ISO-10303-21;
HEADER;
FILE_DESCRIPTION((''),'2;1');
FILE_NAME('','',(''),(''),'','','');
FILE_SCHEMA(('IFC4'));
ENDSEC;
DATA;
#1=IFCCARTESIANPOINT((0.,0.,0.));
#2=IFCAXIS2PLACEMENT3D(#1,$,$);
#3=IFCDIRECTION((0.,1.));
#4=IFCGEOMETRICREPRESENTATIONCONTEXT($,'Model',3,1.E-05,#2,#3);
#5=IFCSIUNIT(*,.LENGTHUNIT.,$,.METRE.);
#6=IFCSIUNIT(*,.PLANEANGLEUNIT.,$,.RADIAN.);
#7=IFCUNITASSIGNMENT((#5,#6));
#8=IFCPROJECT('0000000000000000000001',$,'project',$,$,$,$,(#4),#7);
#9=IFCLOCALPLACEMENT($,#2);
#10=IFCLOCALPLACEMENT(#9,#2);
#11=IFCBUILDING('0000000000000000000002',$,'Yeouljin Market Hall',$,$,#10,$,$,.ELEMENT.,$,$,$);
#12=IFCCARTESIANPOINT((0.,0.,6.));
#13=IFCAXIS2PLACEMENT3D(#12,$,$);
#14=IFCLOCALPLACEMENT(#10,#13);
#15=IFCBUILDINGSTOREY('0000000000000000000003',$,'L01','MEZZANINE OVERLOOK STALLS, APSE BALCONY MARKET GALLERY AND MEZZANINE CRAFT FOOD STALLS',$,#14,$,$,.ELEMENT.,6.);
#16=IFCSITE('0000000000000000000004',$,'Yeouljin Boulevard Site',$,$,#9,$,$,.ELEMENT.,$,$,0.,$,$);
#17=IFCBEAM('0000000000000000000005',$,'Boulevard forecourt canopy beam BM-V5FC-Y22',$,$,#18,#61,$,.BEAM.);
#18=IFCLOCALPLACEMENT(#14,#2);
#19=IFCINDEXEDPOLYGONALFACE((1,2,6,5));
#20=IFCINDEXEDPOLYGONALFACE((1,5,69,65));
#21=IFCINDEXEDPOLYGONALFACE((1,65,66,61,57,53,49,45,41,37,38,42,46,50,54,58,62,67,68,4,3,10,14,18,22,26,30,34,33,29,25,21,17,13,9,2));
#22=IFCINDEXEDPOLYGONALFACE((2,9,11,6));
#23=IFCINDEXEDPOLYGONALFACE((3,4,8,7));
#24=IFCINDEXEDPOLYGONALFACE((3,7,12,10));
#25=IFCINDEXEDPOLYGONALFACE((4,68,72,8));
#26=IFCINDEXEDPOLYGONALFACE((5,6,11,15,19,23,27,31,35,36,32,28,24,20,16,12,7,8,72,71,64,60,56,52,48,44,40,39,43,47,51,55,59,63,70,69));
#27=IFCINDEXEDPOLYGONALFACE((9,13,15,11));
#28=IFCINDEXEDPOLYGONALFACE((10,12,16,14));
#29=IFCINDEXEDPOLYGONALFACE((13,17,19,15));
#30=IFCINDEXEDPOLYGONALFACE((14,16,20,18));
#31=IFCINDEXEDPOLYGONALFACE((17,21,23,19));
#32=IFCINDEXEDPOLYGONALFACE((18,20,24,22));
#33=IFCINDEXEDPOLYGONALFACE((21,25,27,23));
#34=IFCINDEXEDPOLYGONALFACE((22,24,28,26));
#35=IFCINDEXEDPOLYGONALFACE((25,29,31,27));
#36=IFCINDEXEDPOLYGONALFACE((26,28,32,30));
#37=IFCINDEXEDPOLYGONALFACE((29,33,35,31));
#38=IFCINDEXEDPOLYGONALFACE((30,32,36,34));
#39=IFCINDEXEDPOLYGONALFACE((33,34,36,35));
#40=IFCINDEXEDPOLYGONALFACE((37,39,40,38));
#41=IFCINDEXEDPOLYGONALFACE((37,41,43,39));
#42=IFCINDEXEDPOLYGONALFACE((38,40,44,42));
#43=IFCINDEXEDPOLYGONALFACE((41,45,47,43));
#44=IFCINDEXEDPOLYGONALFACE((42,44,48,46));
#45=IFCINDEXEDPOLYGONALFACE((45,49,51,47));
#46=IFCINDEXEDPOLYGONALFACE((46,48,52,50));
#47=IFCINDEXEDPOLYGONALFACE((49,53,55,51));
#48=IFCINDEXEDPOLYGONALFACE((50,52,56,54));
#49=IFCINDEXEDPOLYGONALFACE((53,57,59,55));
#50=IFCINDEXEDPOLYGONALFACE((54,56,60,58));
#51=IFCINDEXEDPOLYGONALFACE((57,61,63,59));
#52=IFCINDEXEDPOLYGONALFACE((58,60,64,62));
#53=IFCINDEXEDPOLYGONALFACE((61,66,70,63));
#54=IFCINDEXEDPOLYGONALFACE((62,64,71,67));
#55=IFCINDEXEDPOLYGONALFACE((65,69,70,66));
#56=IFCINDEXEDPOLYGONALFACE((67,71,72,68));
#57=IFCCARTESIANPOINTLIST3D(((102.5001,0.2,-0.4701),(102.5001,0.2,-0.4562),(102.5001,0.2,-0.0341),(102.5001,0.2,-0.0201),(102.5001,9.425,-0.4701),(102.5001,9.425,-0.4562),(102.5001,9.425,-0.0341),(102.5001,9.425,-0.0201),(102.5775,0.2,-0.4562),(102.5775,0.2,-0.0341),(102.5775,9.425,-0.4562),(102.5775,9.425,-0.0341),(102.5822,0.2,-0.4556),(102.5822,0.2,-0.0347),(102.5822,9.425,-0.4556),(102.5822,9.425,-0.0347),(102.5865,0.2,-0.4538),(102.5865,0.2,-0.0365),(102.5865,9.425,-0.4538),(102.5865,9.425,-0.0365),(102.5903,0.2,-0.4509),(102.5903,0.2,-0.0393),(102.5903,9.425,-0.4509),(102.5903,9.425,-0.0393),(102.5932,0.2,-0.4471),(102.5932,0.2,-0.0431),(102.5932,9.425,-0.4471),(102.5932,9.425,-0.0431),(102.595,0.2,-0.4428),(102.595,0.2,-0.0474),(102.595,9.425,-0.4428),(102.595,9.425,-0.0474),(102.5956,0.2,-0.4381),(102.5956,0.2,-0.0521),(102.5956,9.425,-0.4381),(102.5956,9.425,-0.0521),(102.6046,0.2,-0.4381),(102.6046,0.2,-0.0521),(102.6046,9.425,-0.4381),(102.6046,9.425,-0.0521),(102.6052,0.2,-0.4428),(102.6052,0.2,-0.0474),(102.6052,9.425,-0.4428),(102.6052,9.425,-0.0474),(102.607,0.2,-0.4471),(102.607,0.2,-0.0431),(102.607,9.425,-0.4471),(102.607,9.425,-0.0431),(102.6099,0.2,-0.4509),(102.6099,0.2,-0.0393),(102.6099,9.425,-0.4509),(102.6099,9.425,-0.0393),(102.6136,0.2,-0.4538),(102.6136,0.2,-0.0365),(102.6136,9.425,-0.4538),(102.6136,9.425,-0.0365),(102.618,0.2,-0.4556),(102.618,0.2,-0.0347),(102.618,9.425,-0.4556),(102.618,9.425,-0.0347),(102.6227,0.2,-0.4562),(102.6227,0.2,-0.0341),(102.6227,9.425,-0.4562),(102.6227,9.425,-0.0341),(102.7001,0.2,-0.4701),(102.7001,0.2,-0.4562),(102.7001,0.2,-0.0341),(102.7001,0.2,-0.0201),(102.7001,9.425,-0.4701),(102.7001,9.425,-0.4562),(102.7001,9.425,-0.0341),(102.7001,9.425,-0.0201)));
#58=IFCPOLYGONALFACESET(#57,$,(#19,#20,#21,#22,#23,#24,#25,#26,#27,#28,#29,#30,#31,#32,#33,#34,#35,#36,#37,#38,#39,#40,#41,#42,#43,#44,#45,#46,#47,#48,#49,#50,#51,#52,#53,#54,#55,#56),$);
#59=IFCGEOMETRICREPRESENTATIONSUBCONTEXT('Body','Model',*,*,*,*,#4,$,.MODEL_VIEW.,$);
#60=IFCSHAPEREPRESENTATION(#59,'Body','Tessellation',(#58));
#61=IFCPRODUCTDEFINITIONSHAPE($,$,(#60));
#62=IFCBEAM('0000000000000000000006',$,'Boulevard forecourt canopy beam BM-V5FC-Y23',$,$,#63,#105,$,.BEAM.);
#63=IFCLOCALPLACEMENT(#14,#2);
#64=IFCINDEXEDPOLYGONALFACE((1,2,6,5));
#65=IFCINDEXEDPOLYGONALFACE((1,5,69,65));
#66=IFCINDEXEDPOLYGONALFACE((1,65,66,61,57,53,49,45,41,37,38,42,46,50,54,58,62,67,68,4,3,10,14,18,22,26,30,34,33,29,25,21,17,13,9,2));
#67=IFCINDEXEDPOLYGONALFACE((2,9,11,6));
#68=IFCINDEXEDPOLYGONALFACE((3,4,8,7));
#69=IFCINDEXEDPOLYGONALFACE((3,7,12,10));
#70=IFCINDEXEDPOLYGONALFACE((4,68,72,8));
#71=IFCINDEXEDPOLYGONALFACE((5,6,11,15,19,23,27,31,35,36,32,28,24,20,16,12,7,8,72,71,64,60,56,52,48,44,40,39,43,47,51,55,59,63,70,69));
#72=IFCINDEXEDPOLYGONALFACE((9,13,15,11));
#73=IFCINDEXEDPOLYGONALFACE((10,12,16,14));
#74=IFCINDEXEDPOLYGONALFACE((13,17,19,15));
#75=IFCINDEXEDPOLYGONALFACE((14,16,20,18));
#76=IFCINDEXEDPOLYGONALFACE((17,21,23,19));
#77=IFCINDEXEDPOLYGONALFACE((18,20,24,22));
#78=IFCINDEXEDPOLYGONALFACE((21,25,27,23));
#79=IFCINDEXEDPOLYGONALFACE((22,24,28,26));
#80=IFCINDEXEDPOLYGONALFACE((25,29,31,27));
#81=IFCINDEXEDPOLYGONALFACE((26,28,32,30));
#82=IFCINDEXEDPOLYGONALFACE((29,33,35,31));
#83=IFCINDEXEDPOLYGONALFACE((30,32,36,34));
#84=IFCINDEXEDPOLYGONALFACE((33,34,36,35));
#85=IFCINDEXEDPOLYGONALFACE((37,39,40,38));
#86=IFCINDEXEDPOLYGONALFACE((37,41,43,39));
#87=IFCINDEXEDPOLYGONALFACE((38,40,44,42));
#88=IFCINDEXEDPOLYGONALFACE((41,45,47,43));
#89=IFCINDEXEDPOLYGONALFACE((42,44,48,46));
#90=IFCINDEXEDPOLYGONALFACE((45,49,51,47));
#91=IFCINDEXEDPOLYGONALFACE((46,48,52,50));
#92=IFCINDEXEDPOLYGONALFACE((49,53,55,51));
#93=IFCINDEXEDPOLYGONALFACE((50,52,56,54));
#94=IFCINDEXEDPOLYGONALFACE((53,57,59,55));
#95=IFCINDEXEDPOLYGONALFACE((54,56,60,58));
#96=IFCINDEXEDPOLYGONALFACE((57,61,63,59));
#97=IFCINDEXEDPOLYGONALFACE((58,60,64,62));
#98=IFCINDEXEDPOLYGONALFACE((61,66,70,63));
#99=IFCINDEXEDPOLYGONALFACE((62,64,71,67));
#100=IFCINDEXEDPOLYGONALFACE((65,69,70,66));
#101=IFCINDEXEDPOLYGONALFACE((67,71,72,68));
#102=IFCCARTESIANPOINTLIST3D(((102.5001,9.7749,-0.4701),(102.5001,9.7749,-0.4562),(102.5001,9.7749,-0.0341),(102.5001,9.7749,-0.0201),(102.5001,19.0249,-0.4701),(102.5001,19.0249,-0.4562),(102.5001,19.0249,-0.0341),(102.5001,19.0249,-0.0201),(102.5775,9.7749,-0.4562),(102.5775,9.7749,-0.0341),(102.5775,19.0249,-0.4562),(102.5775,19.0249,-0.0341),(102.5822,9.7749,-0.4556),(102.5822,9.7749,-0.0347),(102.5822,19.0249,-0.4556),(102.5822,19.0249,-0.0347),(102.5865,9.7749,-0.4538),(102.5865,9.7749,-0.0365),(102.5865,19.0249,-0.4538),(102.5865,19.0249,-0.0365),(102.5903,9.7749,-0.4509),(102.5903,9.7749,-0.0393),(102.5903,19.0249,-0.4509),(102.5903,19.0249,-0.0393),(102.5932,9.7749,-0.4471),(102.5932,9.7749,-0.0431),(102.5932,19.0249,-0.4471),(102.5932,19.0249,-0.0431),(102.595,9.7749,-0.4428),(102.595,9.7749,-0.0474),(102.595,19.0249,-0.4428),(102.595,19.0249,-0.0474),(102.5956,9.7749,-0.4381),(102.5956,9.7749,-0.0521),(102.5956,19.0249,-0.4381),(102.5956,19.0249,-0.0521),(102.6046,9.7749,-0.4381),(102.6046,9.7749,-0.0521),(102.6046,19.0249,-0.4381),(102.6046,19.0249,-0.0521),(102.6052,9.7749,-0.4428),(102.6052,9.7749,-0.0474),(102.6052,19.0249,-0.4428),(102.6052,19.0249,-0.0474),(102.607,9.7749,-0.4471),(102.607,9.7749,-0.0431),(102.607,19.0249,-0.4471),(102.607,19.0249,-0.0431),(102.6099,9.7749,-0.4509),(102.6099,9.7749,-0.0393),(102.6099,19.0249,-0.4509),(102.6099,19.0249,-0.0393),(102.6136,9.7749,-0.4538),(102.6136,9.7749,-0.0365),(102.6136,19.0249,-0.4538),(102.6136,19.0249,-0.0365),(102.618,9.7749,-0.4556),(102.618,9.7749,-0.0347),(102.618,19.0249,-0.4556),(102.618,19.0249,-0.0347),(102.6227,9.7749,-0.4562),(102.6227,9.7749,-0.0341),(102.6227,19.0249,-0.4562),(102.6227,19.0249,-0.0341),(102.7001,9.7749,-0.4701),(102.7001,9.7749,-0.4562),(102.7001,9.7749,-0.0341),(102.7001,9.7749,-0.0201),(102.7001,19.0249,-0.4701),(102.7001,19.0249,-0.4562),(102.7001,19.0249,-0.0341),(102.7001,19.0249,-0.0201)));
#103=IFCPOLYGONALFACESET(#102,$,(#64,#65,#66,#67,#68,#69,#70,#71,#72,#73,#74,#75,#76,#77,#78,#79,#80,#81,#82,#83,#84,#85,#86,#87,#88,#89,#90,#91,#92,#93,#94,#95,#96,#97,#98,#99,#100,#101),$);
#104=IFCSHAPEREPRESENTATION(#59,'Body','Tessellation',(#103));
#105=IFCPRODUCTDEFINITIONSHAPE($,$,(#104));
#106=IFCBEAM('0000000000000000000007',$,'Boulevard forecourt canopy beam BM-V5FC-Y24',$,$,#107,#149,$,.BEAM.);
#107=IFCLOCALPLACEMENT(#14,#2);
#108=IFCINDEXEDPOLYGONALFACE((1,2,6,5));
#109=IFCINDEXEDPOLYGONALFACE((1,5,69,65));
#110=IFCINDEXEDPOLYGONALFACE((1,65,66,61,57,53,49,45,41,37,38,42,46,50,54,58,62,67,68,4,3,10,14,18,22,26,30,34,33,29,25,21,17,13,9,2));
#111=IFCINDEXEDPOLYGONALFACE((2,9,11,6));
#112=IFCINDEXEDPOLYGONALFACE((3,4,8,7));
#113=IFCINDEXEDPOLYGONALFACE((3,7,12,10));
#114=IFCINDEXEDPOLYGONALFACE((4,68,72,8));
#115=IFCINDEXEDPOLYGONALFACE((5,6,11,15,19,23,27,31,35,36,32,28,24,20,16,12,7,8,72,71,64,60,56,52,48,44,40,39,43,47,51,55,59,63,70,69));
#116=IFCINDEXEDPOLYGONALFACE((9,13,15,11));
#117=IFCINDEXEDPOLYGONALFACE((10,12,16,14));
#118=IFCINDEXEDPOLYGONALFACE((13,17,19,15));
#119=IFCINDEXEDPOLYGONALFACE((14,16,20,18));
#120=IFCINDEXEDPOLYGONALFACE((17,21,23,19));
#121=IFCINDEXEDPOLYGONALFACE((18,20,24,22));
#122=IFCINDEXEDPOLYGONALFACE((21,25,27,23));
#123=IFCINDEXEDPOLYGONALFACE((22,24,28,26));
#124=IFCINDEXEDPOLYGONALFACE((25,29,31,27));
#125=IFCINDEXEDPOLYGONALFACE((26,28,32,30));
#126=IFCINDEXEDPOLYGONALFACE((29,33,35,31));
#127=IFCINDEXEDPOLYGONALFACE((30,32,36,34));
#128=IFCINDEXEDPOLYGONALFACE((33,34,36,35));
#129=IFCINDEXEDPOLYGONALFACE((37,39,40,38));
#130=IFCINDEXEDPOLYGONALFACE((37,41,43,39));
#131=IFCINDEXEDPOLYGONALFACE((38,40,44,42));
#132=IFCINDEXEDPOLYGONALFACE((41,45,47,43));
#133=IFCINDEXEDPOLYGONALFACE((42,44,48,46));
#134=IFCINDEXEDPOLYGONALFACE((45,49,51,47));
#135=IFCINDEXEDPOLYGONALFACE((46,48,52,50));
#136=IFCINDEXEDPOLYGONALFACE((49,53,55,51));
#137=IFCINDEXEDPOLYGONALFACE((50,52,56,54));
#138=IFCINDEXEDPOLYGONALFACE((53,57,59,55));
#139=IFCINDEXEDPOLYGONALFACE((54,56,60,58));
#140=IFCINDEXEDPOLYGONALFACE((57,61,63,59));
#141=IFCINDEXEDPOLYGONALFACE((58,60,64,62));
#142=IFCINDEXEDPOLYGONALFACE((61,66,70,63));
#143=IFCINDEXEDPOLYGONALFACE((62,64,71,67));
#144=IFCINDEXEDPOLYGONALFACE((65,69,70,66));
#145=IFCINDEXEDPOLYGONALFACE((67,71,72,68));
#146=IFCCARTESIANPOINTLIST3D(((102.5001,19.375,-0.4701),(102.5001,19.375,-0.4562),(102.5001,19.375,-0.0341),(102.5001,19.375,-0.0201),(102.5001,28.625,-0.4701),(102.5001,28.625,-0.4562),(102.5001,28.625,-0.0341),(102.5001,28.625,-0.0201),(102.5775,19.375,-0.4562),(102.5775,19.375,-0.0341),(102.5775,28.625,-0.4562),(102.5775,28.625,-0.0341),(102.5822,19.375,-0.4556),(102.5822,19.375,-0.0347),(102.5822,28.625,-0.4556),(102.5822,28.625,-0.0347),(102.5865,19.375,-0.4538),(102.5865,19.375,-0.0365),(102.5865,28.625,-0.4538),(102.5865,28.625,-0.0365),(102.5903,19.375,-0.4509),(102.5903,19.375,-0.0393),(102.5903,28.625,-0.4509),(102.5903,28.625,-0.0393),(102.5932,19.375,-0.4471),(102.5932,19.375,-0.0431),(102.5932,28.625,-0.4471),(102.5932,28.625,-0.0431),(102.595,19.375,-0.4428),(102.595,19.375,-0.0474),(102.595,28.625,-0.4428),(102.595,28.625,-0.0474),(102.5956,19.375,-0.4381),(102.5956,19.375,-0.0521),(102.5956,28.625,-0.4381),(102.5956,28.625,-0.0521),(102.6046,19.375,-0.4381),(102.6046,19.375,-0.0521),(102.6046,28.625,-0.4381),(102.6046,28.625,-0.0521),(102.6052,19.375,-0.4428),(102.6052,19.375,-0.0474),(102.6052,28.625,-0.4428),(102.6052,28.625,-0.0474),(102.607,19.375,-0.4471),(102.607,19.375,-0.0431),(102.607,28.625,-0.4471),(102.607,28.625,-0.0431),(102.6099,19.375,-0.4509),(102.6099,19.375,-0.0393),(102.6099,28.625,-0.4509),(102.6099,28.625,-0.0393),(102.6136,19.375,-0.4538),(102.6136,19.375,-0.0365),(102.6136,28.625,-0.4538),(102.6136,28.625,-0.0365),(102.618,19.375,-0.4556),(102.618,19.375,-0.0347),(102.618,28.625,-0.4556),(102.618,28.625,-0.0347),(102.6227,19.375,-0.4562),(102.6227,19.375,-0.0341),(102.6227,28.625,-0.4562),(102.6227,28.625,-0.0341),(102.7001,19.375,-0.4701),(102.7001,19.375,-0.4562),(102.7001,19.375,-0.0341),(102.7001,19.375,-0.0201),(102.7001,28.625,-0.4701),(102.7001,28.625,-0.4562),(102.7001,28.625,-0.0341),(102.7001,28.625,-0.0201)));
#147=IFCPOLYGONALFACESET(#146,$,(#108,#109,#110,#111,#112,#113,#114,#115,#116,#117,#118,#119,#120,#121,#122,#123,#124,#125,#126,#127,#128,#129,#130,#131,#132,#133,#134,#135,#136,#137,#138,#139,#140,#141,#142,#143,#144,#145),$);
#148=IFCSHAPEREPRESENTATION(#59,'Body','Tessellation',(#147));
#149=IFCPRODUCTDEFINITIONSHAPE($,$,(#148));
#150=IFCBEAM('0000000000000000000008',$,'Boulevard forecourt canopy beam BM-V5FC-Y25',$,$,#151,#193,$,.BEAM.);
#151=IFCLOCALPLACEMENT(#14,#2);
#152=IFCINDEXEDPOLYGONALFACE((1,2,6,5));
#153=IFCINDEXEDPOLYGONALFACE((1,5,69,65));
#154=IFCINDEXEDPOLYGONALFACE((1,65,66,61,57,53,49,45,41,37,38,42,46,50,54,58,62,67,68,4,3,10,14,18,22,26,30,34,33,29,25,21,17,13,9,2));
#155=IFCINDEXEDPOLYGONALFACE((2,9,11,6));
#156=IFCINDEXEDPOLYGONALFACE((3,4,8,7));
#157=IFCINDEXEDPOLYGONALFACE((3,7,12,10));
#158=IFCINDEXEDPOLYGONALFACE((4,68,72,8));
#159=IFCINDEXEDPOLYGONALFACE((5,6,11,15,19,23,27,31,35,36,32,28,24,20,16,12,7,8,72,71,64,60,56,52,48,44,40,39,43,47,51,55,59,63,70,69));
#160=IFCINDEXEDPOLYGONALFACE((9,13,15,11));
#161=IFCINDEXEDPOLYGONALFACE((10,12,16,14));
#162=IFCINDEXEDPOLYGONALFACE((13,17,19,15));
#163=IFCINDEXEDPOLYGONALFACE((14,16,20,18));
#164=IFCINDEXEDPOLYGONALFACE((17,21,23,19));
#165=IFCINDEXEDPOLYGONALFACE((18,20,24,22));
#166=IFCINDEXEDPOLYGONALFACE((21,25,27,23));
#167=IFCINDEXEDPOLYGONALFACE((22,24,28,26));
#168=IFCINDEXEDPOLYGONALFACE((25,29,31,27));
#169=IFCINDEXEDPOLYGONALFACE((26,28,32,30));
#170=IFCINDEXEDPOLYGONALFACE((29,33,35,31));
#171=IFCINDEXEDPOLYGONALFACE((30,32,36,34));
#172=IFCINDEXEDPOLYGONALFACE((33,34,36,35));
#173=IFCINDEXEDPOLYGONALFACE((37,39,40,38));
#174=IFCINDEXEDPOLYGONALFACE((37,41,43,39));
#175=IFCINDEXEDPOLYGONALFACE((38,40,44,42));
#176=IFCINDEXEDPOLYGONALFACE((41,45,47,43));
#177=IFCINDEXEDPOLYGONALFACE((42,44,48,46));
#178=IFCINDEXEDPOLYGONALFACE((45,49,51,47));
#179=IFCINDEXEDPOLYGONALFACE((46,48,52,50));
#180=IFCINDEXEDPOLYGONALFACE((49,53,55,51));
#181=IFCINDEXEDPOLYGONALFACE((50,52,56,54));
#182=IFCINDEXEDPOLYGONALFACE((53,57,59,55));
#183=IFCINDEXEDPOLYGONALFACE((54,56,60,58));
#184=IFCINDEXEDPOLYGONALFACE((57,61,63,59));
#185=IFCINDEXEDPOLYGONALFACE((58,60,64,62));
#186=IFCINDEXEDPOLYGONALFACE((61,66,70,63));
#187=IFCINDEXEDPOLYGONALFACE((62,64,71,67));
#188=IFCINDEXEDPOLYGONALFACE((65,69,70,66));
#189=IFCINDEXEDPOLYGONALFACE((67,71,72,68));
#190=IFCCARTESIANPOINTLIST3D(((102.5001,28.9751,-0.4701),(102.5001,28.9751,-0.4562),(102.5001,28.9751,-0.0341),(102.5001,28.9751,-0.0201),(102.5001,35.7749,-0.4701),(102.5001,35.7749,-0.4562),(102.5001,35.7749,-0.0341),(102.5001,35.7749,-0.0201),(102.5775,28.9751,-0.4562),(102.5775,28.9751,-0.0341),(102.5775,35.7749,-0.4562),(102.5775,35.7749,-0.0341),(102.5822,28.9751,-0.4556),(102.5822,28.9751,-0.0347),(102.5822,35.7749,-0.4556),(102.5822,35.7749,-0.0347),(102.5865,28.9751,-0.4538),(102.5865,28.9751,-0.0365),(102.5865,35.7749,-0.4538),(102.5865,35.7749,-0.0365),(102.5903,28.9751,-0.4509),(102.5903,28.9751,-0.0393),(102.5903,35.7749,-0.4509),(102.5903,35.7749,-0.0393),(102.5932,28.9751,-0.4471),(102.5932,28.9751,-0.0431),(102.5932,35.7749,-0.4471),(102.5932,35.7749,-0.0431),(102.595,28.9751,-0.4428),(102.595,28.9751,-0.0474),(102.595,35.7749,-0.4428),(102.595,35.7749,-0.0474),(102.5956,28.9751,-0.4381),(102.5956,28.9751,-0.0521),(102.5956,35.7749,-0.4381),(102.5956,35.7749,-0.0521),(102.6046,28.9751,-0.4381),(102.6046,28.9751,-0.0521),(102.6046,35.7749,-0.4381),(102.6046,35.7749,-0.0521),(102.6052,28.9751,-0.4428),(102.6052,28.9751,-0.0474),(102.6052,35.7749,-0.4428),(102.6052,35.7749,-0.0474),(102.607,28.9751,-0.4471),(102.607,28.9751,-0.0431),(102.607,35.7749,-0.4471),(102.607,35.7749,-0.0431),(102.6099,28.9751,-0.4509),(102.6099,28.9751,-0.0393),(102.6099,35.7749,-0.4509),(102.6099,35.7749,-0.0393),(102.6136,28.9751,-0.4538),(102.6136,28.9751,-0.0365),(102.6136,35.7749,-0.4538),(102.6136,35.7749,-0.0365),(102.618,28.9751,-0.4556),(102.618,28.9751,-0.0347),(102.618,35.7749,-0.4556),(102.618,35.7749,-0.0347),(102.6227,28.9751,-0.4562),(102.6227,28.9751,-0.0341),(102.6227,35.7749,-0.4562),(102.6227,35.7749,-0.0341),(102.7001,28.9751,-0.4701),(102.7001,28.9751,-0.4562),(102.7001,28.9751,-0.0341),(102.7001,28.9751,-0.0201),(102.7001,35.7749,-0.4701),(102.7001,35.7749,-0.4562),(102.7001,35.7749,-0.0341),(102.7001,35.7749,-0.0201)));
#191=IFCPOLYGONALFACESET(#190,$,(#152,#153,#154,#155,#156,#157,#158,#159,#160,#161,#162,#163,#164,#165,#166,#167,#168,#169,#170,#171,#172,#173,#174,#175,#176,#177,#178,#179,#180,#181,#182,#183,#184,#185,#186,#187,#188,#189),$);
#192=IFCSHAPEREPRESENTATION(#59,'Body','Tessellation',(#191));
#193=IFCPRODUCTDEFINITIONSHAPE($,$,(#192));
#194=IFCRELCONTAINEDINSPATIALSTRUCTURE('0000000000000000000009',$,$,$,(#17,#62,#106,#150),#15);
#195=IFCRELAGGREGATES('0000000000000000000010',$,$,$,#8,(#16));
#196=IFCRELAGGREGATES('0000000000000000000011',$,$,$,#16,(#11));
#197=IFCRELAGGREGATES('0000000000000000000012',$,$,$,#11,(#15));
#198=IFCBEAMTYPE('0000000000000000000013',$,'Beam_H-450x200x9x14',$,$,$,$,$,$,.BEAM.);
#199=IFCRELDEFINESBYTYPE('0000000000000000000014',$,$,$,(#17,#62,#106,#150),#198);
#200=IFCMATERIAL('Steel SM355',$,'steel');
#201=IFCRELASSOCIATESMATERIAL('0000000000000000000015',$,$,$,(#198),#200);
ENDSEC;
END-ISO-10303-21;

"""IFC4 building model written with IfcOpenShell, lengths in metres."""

from ifc_helpers import new_model, si_unit, direction, frame, origin, origin_2d, place, context, subcontext, project, spatial, i_section, extrude, material, material_profile, profile_set, type_object, element, save


model = new_model("IFC4")

# Units and contexts
model_context = context("Model", 3, precision=1e-05, world=origin(), true_north=direction((0.0, 1.0)))
body_context = subcontext(model_context, "Body", "Model", "MODEL_VIEW")
ifc_project = project(units=[si_unit("LENGTHUNIT", "METRE"), si_unit("PLANEANGLEUNIT", "RADIAN")], contexts=[model_context])

# Site, building, storey
site_placement = place(None, origin())
site = spatial("IfcSite", under=ifc_project, at=site_placement, Name="Yeouljin Boulevard Site", CompositionType="ELEMENT", RefElevation=0.0)
building_placement = place(site_placement, origin())
building = spatial("IfcBuilding", under=site, at=building_placement, Name="Yeouljin Market Hall", CompositionType="ELEMENT")
storey_placement = place(building_placement, frame((0.0, 0.0, 6.0)))
storey = spatial("IfcBuildingStorey", under=building, at=storey_placement, Name="L01", Description="MEZZANINE OVERLOOK STALLS, APSE BALCONY MARKET GALLERY AND MEZZANINE CRAFT FOOD STALLS", CompositionType="ELEMENT", Elevation=6.0)

# Beams
ifc_material_1 = material(Name="Steel SM355", Category="steel")
ifc_material_profile_1 = material_profile(ifc_material_1, i_section(OverallWidth=0.2, OverallDepth=0.45, WebThickness=0.009, FlangeThickness=0.0139, FilletRadius=0.0181, at=origin_2d()), Name="H-450x200x9x14")
ifc_profile_set_1 = profile_set([ifc_material_profile_1], Name="Steel SM355")
beam_type_1 = type_object("IfcBeamType", Name="Beam_H-450x200x9x14", PredefinedType="BEAM", material=ifc_profile_set_1)
beam_1_placement = place(storey_placement, frame((102.6001, 0.2, -0.2451), z_axis=(0.0, 1.0, 0.0), x_axis=(-1.0, 0.0, 0.0)))
element("IfcBeam", 1, at=beam_1_placement, inside=storey, type_object=beam_type_1, Name="Boulevard forecourt canopy beam BM-V5FC-Y22", PredefinedType="BEAM", context=body_context, shape_type="SweptSolid", body=[
    extrude(i_section(OverallWidth=0.2, OverallDepth=0.45, WebThickness=0.009, FlangeThickness=0.0139, FilletRadius=0.0181, at=origin_2d()), origin(), (0.0, 0.0, 1.0), 9.2251),
])
for number, where, z_axis, x_axis, name in (
    (2, (102.6001, 9.7749, -0.2451), (0.0, 1.0, 0.0), (-1.0, 0.0, 0.0), "Boulevard forecourt canopy beam BM-V5FC-Y23"),
    (3, (102.6001, 19.375, -0.2451), (0.0, 1.0, 0.0), (-1.0, 0.0, 0.0), "Boulevard forecourt canopy beam BM-V5FC-Y24"),
):
    element("IfcBeam", number, at=place(storey_placement, frame(where, z_axis=z_axis, x_axis=x_axis)), inside=storey, type_object=beam_type_1, Name=name, PredefinedType="BEAM", context=body_context, shape_type="SweptSolid", body=[
        extrude(i_section(OverallWidth=0.2, OverallDepth=0.45, WebThickness=0.009, FlangeThickness=0.0139, FilletRadius=0.0181, at=origin_2d()), origin(), (0.0, 0.0, 1.0), 9.25),
    ])
beam_2_placement = place(storey_placement, frame((102.6001, 28.9751, -0.2451), z_axis=(0.0, 1.0, 0.0), x_axis=(-1.0, 0.0, 0.0)))
element("IfcBeam", 4, at=beam_2_placement, inside=storey, type_object=beam_type_1, Name="Boulevard forecourt canopy beam BM-V5FC-Y25", PredefinedType="BEAM", context=body_context, shape_type="SweptSolid", body=[
    extrude(i_section(OverallWidth=0.2, OverallDepth=0.45, WebThickness=0.009, FlangeThickness=0.0139, FilletRadius=0.0181, at=origin_2d()), origin(), (0.0, 0.0, 1.0), 6.7998),
])

save(model, "model.ifc")
